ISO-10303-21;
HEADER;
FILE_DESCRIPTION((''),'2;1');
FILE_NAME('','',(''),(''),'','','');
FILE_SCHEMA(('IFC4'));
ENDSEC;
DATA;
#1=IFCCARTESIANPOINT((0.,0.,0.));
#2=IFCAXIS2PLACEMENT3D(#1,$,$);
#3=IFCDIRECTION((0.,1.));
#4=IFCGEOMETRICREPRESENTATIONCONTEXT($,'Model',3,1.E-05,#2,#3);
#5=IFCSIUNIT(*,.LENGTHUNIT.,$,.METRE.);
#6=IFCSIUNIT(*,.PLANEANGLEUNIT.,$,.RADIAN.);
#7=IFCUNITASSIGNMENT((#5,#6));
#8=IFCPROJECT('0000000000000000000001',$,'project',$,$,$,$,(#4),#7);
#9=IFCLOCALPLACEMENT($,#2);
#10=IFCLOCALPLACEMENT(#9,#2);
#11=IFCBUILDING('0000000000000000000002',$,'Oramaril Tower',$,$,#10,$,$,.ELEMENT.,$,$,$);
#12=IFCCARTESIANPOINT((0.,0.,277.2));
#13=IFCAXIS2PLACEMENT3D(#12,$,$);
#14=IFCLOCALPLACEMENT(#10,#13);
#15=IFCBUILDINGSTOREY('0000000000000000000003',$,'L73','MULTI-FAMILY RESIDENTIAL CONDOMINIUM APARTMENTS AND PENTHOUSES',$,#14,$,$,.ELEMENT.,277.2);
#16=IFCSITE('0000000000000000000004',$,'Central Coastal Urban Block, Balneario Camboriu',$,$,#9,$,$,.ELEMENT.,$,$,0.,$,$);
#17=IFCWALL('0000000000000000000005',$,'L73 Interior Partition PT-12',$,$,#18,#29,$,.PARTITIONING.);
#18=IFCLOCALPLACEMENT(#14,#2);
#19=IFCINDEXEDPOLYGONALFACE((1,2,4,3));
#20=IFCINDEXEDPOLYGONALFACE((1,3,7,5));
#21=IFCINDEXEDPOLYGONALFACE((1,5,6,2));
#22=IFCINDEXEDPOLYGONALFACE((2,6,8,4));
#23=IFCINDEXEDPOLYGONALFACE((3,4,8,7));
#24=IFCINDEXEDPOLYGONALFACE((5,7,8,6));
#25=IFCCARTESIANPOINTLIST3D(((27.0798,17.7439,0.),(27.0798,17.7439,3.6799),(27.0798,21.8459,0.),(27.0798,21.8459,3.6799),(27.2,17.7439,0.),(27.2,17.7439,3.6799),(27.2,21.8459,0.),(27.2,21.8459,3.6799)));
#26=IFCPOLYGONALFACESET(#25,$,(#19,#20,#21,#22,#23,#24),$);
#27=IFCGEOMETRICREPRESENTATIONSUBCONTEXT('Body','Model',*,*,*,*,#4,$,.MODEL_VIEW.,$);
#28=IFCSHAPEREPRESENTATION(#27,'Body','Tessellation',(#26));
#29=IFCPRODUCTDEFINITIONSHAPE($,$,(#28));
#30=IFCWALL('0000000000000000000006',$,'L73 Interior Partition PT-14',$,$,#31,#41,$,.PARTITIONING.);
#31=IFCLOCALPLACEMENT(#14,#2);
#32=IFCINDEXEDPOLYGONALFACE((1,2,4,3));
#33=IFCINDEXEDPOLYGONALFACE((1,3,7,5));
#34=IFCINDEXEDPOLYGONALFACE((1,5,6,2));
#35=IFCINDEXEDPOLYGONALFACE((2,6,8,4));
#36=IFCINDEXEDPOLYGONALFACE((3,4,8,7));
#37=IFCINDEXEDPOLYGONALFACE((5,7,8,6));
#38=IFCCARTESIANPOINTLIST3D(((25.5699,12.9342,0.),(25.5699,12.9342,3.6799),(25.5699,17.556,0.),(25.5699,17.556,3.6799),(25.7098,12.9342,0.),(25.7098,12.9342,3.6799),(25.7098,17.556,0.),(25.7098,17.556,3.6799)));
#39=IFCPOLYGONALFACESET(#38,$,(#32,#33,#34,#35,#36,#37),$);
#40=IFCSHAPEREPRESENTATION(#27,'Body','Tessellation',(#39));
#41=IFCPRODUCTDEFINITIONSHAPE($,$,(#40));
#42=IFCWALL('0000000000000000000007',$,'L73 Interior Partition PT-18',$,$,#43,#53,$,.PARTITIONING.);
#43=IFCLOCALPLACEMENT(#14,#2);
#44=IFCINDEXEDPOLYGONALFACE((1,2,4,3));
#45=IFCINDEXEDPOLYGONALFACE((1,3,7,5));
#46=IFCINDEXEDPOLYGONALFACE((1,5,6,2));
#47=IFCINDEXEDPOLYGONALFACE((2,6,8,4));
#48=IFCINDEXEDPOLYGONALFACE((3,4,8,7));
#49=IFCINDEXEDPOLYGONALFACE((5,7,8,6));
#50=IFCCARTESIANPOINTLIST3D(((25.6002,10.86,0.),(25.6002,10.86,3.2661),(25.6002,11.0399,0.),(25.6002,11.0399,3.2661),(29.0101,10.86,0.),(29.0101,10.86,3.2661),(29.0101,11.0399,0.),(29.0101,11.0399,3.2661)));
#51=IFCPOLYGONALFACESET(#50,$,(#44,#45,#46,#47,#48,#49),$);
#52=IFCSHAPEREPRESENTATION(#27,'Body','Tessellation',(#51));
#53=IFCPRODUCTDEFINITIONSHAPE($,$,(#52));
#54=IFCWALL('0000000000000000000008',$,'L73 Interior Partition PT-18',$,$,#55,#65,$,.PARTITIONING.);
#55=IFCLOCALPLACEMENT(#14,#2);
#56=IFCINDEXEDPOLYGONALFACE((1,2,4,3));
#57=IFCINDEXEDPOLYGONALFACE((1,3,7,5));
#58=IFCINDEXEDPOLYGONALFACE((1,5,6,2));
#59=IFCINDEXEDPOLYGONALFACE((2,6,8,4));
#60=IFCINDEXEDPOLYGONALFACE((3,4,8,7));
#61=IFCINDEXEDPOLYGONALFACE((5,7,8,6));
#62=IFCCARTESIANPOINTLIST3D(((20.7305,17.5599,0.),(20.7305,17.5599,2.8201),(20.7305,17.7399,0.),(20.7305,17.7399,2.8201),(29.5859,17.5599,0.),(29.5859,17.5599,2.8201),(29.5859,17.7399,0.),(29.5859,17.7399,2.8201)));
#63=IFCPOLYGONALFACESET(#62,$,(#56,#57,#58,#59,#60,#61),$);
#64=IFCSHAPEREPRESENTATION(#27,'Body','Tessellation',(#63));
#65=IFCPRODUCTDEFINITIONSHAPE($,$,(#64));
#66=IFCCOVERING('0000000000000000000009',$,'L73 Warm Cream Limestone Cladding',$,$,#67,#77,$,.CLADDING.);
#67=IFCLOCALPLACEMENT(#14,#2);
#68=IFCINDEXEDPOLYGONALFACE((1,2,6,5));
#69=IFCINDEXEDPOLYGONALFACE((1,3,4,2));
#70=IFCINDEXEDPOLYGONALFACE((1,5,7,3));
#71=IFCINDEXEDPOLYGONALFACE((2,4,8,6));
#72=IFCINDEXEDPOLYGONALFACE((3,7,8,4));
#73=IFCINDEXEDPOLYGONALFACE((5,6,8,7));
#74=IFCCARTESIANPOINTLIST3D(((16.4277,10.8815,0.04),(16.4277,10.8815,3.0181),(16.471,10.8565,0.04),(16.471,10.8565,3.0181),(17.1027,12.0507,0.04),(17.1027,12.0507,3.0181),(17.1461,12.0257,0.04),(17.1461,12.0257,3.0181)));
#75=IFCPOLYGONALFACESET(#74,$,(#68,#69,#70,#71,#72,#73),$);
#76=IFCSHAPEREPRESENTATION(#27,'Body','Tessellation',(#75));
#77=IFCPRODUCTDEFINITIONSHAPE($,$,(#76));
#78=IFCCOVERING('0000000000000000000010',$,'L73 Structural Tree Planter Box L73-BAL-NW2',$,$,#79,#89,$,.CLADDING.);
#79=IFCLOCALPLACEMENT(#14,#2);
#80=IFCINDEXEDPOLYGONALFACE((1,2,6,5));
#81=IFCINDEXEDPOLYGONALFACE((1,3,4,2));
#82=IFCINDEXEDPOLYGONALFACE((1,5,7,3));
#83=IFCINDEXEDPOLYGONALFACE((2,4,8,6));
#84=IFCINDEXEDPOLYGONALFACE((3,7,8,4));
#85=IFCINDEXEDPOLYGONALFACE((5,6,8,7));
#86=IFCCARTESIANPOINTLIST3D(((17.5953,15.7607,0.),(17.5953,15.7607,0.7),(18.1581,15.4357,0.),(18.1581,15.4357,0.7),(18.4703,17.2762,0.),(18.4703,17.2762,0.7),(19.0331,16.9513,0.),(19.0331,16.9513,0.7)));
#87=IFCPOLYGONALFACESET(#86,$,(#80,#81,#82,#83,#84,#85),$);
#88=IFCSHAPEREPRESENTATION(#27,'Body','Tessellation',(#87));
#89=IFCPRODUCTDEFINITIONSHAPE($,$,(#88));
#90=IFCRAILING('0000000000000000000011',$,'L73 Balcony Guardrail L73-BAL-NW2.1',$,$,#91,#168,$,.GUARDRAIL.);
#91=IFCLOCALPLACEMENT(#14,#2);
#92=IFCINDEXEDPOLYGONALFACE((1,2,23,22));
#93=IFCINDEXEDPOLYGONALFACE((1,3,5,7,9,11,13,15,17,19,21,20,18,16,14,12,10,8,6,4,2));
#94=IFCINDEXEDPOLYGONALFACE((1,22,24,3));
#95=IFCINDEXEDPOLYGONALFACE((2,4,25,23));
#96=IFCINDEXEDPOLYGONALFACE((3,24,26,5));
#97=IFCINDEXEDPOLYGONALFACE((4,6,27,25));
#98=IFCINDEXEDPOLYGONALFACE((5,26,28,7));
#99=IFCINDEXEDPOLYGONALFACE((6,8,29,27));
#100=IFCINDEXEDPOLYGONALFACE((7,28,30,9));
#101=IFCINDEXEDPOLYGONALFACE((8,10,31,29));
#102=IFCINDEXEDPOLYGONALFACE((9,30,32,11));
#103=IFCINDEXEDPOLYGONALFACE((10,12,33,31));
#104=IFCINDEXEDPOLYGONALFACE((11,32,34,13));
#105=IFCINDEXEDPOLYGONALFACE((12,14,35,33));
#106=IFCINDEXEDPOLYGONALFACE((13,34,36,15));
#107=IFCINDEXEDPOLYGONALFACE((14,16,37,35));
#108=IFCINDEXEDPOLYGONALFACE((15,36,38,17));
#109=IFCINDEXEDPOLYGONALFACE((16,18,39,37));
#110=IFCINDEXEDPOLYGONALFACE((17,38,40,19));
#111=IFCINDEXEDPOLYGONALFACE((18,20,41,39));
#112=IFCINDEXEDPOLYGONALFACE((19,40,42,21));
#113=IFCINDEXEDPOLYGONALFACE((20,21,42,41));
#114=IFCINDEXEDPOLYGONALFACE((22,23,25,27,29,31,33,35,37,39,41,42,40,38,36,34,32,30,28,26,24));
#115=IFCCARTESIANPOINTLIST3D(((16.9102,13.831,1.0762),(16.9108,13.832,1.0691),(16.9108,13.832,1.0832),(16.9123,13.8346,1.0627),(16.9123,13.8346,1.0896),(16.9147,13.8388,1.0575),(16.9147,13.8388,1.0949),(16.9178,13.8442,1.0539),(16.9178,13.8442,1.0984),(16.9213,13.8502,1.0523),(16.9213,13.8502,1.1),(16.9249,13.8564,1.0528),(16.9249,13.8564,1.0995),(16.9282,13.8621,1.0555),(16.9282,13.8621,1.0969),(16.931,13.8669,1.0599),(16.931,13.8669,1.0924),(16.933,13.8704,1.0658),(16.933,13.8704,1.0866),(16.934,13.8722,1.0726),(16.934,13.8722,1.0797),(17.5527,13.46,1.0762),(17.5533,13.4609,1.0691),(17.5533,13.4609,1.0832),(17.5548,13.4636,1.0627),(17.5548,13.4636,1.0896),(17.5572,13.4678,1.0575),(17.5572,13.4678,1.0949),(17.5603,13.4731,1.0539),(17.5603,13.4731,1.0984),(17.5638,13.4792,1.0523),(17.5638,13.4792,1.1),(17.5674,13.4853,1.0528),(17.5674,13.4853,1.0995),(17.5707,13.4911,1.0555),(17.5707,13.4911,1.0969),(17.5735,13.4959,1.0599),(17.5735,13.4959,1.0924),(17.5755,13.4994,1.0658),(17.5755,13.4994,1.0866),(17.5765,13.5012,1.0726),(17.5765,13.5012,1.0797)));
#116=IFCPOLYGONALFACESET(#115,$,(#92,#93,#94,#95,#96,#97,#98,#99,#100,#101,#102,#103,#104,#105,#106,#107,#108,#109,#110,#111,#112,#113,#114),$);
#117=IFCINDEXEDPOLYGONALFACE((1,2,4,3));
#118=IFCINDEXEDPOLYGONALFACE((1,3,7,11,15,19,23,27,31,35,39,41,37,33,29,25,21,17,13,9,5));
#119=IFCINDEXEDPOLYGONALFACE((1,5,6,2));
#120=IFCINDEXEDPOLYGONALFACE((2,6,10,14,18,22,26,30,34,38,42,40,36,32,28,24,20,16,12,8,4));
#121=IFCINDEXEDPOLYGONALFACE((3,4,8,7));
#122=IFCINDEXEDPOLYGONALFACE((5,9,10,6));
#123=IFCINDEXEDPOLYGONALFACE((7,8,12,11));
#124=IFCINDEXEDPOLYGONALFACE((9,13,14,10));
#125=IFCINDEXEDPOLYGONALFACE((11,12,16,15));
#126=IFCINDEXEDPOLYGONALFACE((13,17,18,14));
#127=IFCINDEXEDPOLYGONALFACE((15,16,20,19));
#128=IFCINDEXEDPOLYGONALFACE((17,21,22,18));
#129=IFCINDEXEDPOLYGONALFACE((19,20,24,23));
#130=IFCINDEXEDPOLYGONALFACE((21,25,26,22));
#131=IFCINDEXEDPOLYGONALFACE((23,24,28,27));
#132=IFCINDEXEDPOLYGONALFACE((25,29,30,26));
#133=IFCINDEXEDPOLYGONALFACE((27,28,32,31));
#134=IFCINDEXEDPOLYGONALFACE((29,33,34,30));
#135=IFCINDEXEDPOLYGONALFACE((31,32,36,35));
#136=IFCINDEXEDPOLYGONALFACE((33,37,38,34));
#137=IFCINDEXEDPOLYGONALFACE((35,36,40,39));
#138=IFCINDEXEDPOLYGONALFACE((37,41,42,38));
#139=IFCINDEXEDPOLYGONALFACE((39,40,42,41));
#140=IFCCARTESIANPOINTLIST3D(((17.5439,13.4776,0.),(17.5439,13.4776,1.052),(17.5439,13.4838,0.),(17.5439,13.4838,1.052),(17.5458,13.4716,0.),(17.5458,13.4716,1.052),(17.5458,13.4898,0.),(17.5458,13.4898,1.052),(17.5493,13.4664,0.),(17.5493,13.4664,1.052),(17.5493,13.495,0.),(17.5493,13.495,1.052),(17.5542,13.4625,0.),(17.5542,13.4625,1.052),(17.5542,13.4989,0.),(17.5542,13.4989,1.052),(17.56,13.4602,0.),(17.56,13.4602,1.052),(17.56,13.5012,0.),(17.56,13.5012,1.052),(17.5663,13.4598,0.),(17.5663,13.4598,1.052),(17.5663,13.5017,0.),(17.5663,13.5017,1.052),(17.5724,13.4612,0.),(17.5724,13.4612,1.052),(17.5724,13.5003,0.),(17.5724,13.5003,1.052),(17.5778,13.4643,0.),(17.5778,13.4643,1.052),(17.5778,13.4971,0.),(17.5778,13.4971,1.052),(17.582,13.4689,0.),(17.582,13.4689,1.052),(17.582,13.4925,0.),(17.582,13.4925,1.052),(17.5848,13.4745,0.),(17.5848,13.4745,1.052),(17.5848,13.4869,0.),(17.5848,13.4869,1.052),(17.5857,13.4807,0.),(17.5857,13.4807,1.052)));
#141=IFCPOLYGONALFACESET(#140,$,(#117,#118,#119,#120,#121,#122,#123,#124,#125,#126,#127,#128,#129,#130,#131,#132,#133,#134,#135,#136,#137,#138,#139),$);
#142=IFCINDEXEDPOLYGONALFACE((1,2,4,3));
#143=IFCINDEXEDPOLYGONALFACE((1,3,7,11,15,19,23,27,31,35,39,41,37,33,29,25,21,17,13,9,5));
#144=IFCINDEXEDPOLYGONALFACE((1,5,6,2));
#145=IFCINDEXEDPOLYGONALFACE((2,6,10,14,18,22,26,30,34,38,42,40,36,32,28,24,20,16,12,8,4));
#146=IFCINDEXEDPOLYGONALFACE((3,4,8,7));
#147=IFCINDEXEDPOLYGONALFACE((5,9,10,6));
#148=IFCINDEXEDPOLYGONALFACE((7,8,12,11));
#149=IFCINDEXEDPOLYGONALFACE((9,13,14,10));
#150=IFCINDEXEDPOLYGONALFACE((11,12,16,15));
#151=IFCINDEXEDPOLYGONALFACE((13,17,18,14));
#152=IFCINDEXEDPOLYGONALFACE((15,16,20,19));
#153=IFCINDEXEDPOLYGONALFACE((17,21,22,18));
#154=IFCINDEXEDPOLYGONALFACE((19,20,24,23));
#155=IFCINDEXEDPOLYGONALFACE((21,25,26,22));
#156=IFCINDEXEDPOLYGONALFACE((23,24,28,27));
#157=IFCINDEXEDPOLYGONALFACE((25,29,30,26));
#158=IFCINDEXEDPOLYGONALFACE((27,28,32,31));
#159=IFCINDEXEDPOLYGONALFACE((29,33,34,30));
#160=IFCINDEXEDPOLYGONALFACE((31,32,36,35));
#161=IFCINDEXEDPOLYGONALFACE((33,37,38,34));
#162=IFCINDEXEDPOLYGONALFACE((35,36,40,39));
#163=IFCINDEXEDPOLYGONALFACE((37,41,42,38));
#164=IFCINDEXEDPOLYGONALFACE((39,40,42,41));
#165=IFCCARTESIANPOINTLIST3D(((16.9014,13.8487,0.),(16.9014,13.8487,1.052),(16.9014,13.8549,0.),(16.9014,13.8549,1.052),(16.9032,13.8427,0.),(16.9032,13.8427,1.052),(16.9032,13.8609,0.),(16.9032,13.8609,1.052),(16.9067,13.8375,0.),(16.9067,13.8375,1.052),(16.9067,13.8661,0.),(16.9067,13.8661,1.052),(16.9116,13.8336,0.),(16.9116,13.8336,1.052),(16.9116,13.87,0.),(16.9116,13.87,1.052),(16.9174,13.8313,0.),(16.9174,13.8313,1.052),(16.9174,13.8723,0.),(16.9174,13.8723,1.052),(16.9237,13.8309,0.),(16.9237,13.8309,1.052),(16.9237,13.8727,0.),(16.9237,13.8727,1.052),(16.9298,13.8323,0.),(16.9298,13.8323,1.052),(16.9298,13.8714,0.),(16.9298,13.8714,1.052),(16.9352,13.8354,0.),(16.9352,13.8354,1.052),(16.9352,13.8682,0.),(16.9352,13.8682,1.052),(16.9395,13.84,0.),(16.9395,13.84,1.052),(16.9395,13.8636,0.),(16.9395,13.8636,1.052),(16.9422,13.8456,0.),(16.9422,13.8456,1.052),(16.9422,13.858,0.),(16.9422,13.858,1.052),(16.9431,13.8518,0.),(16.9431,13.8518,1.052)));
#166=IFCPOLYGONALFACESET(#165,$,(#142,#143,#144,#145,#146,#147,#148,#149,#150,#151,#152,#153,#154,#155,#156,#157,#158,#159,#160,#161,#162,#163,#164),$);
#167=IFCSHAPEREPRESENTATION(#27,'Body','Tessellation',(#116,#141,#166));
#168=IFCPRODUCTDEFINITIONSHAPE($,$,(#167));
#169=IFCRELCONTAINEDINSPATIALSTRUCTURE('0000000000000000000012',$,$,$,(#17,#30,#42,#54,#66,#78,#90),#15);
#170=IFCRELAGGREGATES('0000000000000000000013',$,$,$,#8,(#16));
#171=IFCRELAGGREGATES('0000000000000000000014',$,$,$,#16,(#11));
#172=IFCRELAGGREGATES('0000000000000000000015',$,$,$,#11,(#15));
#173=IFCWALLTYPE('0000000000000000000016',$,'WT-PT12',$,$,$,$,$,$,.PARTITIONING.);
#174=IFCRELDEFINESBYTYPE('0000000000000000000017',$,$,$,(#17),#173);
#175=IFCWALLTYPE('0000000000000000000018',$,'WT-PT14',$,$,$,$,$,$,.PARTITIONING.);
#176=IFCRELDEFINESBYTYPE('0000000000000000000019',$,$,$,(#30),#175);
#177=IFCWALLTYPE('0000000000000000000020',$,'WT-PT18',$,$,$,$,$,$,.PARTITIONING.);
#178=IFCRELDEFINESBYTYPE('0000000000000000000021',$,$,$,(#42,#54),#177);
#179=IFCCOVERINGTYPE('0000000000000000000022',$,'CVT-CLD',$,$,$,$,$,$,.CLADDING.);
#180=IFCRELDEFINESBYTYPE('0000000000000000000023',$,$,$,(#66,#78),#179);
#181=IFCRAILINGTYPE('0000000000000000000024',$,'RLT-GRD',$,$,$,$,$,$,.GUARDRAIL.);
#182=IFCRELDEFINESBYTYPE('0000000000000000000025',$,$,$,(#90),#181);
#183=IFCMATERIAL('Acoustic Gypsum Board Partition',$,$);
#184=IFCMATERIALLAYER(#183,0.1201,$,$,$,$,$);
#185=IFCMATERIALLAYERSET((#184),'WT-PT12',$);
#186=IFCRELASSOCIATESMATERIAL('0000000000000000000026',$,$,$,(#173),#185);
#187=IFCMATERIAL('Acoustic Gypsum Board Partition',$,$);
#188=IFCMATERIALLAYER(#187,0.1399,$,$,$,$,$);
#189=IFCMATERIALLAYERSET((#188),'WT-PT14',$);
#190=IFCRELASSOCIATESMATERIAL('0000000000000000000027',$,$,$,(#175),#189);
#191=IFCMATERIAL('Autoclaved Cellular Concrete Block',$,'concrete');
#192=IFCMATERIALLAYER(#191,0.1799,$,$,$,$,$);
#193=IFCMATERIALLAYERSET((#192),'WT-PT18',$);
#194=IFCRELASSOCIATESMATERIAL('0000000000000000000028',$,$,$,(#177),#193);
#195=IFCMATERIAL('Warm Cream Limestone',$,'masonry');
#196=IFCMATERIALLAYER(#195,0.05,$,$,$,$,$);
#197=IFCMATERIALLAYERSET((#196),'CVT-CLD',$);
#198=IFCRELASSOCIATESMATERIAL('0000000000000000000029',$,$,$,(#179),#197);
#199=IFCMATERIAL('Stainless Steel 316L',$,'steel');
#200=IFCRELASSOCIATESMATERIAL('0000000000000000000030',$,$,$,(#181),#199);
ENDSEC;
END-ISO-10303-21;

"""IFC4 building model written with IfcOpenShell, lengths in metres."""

from ifc_helpers import new_model, si_unit, direction, frame, frame_2d, origin, origin_2d, place, context, subcontext, project, spatial, rectangle, circle, extrude, material, layer, layer_set, type_object, element, save


model = new_model("IFC4")

# Units and contexts
model_context = context("Model", 3, precision=1e-05, world=origin(), true_north=direction((0.0, 1.0)))
body_context = subcontext(model_context, "Body", "Model", "MODEL_VIEW")
ifc_project = project(units=[si_unit("LENGTHUNIT", "METRE"), si_unit("PLANEANGLEUNIT", "RADIAN")], contexts=[model_context])

# Site, building, storey
site_placement = place(None, origin())
site = spatial("IfcSite", under=ifc_project, at=site_placement, Name="Central Coastal Urban Block, Balneario Camboriu", CompositionType="ELEMENT", RefElevation=0.0)
building_placement = place(site_placement, origin())
building = spatial("IfcBuilding", under=site, at=building_placement, Name="Oramaril Tower", CompositionType="ELEMENT")
storey_placement = place(building_placement, frame((0.0, 0.0, 277.2)))
storey = spatial("IfcBuildingStorey", under=building, at=storey_placement, Name="L73", Description="MULTI-FAMILY RESIDENTIAL CONDOMINIUM APARTMENTS AND PENTHOUSES", CompositionType="ELEMENT", Elevation=277.2)

# Walls
ifc_material_1 = material(Name="Acoustic Gypsum Board Partition")
ifc_layer_1 = layer(ifc_material_1, 0.1201)
ifc_layer_set_1 = layer_set([ifc_layer_1], Name="WT-PT12")
wall_type_1 = type_object("IfcWallType", Name="WT-PT12", PredefinedType="PARTITIONING", material=ifc_layer_set_1)
for number, where, z_axis, x_axis, name in (
    (1, (27.1399, 17.7439, 0.0), (0.0, 0.0, 1.0), (0.0, 1.0, 0.0), "L73 Interior Partition PT-12"),
):
    element("IfcWall", number, at=place(storey_placement, frame(where, z_axis=z_axis, x_axis=x_axis)), inside=storey, type_object=wall_type_1, Name=name, PredefinedType="PARTITIONING", context=body_context, shape_type="SweptSolid", body=[
        extrude(rectangle(XDim=4.1021, YDim=0.1201, at=frame_2d((2.051, 0.0))), origin(), (0.0, 0.0, 1.0), 3.6799),
    ])
ifc_material_2 = material(Name="Acoustic Gypsum Board Partition")
ifc_layer_2 = layer(ifc_material_2, 0.1399)
ifc_layer_set_2 = layer_set([ifc_layer_2], Name="WT-PT14")
wall_type_2 = type_object("IfcWallType", Name="WT-PT14", PredefinedType="PARTITIONING", material=ifc_layer_set_2)
wall_1_placement = place(storey_placement, frame((25.6399, 12.9341, 0.0), z_axis=(0.0, 0.0, 1.0), x_axis=(0.0, 1.0, 0.0)))
element("IfcWall", 2, at=wall_1_placement, inside=storey, type_object=wall_type_2, Name="L73 Interior Partition PT-14", PredefinedType="PARTITIONING", context=body_context, shape_type="SweptSolid", body=[
    extrude(rectangle(XDim=4.6218, YDim=0.1399, at=frame_2d((2.311, 0.0))), origin(), (0.0, 0.0, 1.0), 3.6799),
])
ifc_material_3 = material(Name="Autoclaved Cellular Concrete Block", Category="concrete")
ifc_layer_3 = layer(ifc_material_3, 0.1799)
ifc_layer_set_3 = layer_set([ifc_layer_3], Name="WT-PT18")
wall_type_3 = type_object("IfcWallType", Name="WT-PT18", PredefinedType="PARTITIONING", material=ifc_layer_set_3)
wall_2_placement = place(storey_placement, frame((25.6001, 10.95, 0.0), z_axis=(0.0, 0.0, 1.0), x_axis=(1.0, 0.0, 0.0)))
element("IfcWall", 3, at=wall_2_placement, inside=storey, type_object=wall_type_3, Name="L73 Interior Partition PT-18", PredefinedType="PARTITIONING", context=body_context, shape_type="SweptSolid", body=[
    extrude(rectangle(XDim=3.4099, YDim=0.1799, at=frame_2d((1.7051, 0.0))), origin(), (0.0, 0.0, 1.0), 3.2661),
])
wall_3_placement = place(storey_placement, frame((20.7305, 17.6499, 0.0), z_axis=(0.0, 0.0, 1.0), x_axis=(1.0, 0.0, 0.0)))
element("IfcWall", 4, at=wall_3_placement, inside=storey, type_object=wall_type_3, Name="L73 Interior Partition PT-18", PredefinedType="PARTITIONING", context=body_context, shape_type="SweptSolid", body=[
    extrude(rectangle(XDim=8.8555, YDim=0.1799, at=frame_2d((4.4277, 0.0))), origin(), (0.0, 0.0, 1.0), 2.8201),
])

# Coverings
ifc_material_4 = material(Name="Warm Cream Limestone", Category="masonry")
ifc_layer_4 = layer(ifc_material_4, 0.05)
ifc_layer_set_4 = layer_set([ifc_layer_4], Name="CVT-CLD")
covering_type = type_object("IfcCoveringType", Name="CVT-CLD", PredefinedType="CLADDING", material=ifc_layer_set_4)
covering_1_placement = place(storey_placement, frame((16.7869, 11.4536, 0.04), z_axis=(0.0, 0.0, 1.0), x_axis=(-0.499998, -0.866026, 0.0)))
element("IfcCovering", 5, at=covering_1_placement, inside=storey, type_object=covering_type, Name="L73 Warm Cream Limestone Cladding", PredefinedType="CLADDING", context=body_context, shape_type="SweptSolid", body=[
    extrude(rectangle(XDim=1.3501, YDim=0.05, at=origin_2d()), origin(), (0.0, 0.0, 1.0), 2.978),
])
covering_2_placement = place(storey_placement, frame((18.3142, 16.356, 0.0), z_axis=(0.0, 0.0, 1.0), x_axis=(-0.499998, -0.866026, 0.0)))
element("IfcCovering", 6, at=covering_2_placement, inside=storey, type_object=covering_type, Name="L73 Structural Tree Planter Box L73-BAL-NW2", PredefinedType="CLADDING", context=body_context, shape_type="SweptSolid", body=[
    extrude(rectangle(XDim=1.75, YDim=0.6499, at=origin_2d()), origin(), (0.0, 0.0, 1.0), 0.7),
])

# Railing
ifc_material_5 = material(Name="Stainless Steel 316L", Category="steel")
railing_type = type_object("IfcRailingType", Name="RLT-GRD", PredefinedType="GUARDRAIL", material=ifc_material_5)
railing_1_placement = place(storey_placement, frame((17.5647, 13.4807, 0.0)))
element("IfcRailing", 7, at=railing_1_placement, inside=storey, type_object=railing_type, Name="L73 Balcony Guardrail L73-BAL-NW2.1", PredefinedType="GUARDRAIL", context=body_context, shape_type="SweptSolid", body=[
    extrude(circle(Radius=0.0239, at=origin_2d()), frame((0.0, 0.0, 1.0762), z_axis=(-0.865966, 0.500102, 0.0), x_axis=(-0.500102, -0.865966, 0.0)), (0.0, 0.0, 1.0), 0.7419),
    extrude(circle(Radius=0.021, at=origin_2d()), origin(), (0.0, 0.0, 1.0), 1.052),
    extrude(circle(Radius=0.021, at=origin_2d()), frame((-0.6426, 0.3711, 0.0)), (0.0, 0.0, 1.0), 1.052),
])

save(model, "model.ifc")
